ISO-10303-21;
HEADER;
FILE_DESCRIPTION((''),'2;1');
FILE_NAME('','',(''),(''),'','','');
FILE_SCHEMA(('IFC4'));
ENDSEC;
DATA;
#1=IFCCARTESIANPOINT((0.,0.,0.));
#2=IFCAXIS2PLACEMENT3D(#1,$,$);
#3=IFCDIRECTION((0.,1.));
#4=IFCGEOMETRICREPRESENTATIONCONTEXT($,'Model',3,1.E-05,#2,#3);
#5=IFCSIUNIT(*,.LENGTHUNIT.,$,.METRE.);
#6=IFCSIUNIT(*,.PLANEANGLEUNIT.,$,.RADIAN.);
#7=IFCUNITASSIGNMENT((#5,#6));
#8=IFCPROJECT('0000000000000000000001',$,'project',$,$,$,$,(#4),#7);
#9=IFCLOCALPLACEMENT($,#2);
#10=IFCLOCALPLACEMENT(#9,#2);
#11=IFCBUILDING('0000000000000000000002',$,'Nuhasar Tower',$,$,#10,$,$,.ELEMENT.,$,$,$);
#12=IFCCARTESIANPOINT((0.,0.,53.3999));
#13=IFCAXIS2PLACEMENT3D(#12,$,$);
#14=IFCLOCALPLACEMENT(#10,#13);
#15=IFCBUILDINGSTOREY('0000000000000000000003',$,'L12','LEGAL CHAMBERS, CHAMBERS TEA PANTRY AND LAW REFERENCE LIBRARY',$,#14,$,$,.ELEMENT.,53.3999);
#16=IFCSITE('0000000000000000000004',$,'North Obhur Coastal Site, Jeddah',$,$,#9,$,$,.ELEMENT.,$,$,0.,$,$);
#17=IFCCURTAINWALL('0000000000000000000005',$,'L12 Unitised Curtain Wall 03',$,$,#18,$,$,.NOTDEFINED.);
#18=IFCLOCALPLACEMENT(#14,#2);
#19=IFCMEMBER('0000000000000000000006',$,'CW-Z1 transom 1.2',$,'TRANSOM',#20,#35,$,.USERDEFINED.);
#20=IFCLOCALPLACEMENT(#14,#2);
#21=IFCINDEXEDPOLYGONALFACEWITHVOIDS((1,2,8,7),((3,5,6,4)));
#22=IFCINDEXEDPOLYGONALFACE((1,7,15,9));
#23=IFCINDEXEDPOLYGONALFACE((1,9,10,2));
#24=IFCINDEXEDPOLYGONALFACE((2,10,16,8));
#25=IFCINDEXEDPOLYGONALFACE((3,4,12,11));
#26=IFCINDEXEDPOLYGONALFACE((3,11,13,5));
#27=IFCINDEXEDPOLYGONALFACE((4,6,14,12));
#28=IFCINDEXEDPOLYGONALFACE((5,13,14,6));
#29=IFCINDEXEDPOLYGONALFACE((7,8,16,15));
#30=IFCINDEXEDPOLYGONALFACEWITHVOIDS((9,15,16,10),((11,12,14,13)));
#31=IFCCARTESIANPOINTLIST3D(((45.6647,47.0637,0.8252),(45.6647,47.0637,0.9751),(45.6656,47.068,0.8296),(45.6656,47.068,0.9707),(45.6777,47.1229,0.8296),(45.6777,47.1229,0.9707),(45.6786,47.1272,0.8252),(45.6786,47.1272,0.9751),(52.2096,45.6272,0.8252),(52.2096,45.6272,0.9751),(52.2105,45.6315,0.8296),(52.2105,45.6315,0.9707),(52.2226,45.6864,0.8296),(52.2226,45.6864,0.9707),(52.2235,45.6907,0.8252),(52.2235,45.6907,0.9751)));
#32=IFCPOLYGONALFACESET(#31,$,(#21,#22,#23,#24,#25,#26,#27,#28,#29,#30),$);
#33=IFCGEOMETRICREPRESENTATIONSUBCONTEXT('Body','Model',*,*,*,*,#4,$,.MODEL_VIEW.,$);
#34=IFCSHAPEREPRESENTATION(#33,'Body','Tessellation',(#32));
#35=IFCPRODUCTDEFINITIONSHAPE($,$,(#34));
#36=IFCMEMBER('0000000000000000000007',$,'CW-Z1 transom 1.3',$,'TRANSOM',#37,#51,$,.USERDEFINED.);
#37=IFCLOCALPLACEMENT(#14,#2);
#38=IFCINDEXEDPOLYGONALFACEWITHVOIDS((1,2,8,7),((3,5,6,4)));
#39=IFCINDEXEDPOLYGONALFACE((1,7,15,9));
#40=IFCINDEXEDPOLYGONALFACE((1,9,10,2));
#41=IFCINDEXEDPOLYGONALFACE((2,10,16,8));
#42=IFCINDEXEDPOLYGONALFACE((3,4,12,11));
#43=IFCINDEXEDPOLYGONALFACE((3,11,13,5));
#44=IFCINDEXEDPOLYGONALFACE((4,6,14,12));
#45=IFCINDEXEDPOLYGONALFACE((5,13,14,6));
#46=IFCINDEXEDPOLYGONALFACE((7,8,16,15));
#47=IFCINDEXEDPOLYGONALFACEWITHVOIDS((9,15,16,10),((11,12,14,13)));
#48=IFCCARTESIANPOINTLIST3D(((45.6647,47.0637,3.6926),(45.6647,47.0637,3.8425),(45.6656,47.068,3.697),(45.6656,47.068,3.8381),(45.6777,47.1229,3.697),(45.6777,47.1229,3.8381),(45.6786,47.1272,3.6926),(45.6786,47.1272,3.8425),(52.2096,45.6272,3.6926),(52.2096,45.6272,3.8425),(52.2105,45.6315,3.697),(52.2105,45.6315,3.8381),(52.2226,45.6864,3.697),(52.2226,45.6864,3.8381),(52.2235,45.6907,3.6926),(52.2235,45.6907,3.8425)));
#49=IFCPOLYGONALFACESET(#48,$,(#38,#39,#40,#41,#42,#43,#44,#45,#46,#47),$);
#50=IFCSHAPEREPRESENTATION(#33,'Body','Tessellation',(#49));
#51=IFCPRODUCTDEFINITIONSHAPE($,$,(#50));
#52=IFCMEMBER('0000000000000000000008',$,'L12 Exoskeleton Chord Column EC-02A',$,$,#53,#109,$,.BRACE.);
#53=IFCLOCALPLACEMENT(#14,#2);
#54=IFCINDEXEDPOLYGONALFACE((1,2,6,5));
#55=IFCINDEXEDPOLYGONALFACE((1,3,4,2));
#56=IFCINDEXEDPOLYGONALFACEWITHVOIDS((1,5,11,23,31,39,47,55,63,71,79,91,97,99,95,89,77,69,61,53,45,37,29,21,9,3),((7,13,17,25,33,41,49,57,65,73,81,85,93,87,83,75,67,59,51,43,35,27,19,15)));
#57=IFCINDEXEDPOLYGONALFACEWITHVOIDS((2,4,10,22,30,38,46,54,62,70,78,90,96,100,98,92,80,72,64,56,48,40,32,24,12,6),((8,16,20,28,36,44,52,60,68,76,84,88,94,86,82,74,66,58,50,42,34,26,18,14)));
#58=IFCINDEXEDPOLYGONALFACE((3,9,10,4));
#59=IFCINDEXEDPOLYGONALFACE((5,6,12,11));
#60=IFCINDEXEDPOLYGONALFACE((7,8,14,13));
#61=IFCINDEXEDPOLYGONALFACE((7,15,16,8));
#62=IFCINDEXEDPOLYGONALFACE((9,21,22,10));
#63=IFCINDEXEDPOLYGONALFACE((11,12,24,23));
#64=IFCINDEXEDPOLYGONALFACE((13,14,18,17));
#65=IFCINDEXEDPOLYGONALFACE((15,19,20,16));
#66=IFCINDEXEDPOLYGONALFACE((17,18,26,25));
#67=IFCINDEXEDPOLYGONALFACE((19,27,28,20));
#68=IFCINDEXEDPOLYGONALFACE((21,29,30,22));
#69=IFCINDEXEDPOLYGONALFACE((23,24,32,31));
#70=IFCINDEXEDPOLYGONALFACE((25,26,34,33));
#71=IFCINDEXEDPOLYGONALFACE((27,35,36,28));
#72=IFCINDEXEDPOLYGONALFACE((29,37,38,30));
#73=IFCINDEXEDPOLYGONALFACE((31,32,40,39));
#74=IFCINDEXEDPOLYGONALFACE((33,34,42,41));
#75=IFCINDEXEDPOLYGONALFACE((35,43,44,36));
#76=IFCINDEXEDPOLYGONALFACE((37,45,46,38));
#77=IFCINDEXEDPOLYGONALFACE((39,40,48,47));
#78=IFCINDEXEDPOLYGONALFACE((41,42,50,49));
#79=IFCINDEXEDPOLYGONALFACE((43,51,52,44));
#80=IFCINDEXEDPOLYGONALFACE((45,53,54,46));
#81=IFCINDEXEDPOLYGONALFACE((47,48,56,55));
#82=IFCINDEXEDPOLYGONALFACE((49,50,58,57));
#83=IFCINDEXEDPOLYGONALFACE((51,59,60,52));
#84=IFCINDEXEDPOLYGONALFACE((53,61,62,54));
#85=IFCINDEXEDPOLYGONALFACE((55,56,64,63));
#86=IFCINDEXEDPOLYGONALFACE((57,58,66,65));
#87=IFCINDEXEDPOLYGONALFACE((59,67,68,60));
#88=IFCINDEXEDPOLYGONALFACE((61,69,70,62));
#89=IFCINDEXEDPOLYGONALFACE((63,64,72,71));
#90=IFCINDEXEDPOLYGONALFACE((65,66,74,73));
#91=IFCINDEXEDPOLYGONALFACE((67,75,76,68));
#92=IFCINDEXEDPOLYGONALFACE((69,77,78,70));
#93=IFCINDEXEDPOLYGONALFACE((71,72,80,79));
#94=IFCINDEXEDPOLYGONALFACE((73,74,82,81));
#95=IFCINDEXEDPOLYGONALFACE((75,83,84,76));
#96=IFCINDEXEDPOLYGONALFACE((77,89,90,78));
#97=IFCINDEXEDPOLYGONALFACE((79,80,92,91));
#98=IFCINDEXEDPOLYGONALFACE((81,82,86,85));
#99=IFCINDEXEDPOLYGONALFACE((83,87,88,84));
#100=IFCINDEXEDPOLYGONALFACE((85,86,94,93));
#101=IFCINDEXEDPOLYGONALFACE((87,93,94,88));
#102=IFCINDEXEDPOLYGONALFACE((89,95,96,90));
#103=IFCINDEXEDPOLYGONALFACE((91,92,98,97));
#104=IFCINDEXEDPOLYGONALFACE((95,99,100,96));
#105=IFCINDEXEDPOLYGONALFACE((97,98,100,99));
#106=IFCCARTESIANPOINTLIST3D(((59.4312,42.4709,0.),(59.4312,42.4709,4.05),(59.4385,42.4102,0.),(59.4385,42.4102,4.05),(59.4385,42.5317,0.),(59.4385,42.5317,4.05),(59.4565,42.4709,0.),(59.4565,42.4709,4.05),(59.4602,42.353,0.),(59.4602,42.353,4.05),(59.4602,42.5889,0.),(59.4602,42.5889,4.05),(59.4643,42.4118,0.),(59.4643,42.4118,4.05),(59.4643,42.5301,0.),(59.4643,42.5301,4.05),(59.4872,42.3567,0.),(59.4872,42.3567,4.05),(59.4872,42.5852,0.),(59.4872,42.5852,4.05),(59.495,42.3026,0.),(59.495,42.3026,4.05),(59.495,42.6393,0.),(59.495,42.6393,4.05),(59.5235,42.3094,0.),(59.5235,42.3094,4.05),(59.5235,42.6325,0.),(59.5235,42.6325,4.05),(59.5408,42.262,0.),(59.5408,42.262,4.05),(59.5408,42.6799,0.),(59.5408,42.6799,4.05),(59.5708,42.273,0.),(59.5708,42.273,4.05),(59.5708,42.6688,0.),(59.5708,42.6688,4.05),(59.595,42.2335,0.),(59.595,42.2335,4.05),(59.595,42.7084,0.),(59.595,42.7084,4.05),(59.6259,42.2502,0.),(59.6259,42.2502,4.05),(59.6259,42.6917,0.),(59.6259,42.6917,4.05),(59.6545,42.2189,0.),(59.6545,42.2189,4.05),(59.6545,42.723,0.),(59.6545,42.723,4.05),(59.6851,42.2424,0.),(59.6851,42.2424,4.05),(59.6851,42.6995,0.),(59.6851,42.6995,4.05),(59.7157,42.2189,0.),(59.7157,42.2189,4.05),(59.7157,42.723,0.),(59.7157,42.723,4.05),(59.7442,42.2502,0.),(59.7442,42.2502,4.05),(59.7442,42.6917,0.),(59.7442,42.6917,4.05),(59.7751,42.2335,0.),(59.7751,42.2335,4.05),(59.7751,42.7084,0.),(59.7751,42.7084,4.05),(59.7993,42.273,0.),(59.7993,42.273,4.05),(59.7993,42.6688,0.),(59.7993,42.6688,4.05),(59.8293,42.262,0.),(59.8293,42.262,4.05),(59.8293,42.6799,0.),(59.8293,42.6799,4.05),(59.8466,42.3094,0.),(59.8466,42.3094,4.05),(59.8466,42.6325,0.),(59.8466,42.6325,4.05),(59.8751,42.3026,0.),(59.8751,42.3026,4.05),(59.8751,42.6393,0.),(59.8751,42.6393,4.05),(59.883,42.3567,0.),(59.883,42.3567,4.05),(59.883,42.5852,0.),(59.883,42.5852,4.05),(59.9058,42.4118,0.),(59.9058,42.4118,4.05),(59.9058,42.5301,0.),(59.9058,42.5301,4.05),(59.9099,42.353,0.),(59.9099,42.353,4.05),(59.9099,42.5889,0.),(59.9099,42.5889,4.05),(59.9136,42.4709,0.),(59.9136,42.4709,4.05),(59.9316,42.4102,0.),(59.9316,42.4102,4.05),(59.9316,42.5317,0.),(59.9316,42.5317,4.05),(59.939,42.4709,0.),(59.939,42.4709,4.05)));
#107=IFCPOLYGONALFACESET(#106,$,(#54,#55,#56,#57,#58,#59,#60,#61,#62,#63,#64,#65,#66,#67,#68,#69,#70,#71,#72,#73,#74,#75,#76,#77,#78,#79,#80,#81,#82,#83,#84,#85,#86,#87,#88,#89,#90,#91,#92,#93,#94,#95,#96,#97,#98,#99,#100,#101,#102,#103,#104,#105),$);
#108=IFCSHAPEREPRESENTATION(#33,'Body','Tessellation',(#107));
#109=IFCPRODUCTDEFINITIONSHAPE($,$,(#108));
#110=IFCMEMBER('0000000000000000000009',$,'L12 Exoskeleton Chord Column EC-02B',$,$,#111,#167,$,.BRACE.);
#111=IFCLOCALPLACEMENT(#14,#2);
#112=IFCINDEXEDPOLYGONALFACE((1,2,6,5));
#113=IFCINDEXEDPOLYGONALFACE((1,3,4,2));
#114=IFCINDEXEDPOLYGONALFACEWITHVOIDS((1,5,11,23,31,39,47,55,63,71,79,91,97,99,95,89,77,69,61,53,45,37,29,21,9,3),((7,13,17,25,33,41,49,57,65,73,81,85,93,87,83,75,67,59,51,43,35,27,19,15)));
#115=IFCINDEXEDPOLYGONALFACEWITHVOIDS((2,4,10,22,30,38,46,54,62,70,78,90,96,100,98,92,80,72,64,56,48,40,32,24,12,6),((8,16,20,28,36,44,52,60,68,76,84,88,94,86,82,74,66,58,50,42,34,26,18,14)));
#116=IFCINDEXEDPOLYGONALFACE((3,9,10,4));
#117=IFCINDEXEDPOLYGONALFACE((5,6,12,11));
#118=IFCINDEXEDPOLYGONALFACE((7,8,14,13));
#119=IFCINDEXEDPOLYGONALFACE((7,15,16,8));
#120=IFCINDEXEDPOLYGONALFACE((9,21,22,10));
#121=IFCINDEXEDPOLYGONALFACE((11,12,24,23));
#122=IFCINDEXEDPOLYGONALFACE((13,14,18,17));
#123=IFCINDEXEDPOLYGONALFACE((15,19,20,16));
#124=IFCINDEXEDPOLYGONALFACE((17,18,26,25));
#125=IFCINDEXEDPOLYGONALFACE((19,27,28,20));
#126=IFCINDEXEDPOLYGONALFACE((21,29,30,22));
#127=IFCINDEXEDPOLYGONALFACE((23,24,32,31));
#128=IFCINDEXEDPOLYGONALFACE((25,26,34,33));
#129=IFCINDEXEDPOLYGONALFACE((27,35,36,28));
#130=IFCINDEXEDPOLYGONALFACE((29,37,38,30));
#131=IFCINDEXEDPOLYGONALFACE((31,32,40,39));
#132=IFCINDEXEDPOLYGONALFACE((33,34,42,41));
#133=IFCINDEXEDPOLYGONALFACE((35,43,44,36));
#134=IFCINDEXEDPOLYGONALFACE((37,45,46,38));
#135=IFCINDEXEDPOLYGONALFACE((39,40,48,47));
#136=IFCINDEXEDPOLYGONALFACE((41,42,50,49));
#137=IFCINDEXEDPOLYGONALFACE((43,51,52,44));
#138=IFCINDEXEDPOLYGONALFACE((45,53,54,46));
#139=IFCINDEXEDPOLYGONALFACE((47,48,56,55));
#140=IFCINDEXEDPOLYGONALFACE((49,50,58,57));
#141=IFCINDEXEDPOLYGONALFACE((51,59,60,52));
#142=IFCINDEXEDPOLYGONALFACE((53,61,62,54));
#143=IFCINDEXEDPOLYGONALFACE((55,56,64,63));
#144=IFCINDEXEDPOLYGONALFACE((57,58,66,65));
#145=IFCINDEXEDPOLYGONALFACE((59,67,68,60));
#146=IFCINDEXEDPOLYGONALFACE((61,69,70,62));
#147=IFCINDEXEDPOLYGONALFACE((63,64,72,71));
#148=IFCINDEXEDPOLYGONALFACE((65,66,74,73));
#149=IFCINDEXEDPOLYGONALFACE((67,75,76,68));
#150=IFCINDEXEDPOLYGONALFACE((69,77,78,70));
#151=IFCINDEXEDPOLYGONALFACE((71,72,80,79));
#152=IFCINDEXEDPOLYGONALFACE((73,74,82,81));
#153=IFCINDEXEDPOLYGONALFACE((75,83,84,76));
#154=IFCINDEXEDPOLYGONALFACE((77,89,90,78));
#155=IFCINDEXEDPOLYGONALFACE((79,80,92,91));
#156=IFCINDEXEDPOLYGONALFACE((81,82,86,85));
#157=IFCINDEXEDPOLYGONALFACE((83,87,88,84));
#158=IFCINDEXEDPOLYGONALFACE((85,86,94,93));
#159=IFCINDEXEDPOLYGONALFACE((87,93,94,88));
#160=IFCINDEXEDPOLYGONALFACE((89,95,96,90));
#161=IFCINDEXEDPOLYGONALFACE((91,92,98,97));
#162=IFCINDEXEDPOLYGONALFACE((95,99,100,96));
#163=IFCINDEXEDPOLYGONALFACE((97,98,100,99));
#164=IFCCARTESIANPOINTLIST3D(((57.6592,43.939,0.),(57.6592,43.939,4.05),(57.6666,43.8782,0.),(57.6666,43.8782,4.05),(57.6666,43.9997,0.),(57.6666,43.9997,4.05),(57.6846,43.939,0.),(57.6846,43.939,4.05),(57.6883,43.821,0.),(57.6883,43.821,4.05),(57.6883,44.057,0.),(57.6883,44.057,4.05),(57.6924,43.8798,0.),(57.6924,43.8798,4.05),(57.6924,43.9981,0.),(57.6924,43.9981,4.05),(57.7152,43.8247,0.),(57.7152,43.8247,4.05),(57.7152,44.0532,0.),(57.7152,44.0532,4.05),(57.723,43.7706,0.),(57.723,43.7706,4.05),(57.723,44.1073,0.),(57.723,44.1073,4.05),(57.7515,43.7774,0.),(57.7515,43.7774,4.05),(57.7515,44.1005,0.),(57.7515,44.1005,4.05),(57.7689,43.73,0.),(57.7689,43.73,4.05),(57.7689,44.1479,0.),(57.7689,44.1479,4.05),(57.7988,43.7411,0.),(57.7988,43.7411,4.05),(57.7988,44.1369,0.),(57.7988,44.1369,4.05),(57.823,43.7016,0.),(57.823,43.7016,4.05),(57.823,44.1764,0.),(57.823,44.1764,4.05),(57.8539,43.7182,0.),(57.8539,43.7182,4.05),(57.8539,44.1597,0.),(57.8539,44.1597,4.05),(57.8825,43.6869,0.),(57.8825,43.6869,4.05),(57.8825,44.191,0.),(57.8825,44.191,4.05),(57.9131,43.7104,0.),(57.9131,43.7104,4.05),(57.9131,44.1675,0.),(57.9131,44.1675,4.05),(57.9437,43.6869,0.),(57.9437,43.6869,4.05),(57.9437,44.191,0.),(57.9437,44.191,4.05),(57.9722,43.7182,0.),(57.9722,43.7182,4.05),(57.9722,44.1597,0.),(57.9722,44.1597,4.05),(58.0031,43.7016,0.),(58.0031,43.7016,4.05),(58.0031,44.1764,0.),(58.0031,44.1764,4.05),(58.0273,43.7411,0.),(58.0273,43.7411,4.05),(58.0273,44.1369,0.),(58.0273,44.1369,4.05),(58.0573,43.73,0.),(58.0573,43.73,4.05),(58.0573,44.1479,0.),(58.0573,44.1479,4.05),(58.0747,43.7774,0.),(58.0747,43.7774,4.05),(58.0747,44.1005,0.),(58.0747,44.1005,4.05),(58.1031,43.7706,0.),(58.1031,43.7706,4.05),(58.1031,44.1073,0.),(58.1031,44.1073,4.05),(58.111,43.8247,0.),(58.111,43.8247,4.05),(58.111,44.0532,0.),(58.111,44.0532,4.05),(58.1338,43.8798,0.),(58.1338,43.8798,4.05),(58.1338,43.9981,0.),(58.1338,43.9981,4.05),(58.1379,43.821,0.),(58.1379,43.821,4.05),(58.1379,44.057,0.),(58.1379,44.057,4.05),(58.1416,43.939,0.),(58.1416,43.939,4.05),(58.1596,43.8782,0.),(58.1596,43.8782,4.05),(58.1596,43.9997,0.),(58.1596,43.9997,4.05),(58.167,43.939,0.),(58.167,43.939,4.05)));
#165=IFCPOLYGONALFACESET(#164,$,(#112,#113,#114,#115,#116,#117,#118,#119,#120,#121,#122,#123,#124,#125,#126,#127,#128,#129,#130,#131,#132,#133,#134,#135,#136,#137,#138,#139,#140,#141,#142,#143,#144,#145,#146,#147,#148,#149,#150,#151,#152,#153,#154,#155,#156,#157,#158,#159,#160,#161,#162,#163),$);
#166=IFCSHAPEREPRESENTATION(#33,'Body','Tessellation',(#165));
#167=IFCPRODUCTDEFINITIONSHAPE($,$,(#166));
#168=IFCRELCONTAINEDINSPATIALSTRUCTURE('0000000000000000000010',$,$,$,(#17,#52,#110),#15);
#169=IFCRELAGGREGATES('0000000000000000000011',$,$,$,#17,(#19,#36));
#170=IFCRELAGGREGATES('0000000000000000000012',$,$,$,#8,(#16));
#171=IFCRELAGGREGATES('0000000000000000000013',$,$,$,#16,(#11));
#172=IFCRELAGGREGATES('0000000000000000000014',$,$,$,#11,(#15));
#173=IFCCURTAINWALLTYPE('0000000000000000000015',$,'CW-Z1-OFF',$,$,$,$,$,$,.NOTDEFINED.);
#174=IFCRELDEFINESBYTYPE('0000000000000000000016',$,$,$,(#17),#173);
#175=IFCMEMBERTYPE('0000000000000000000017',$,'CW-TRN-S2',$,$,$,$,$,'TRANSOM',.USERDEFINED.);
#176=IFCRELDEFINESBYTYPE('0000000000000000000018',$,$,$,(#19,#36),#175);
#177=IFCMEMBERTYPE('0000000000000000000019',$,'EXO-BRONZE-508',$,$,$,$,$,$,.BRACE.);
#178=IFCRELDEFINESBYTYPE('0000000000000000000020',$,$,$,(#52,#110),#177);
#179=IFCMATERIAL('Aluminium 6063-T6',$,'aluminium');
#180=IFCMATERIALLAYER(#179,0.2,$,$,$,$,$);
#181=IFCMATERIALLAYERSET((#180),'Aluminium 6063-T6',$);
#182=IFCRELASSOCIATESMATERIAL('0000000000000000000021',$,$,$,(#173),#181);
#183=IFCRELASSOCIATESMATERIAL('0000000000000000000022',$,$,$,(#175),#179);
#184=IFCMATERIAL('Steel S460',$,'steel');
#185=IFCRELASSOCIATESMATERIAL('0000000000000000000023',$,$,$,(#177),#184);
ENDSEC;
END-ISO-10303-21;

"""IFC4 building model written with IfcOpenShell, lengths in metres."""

from ifc_helpers import new_model, si_unit, direction, frame, origin, origin_2d, place, context, subcontext, project, spatial, hollow_rectangle, hollow_circle, extrude, material, layer, layer_set, material_profile, profile_set, type_object, element, aggregate, save


model = new_model("IFC4")

# Units and contexts
model_context = context("Model", 3, precision=1e-05, world=origin(), true_north=direction((0.0, 1.0)))
body_context = subcontext(model_context, "Body", "Model", "MODEL_VIEW")
ifc_project = project(units=[si_unit("LENGTHUNIT", "METRE"), si_unit("PLANEANGLEUNIT", "RADIAN")], contexts=[model_context])

# Site, building, storey
site_placement = place(None, origin())
site = spatial("IfcSite", under=ifc_project, at=site_placement, Name="North Obhur Coastal Site, Jeddah", CompositionType="ELEMENT", RefElevation=0.0)
building_placement = place(site_placement, origin())
building = spatial("IfcBuilding", under=site, at=building_placement, Name="Nuhasar Tower", CompositionType="ELEMENT")
storey_placement = place(building_placement, frame((0.0, 0.0, 53.3999)))
storey = spatial("IfcBuildingStorey", under=building, at=storey_placement, Name="L12", Description="LEGAL CHAMBERS, CHAMBERS TEA PANTRY AND LAW REFERENCE LIBRARY", CompositionType="ELEMENT", Elevation=53.3999)

# Shared definitions
ifc_material_1 = material(Name="Aluminium 6063-T6", Category="aluminium")
ifc_layer_1 = layer(ifc_material_1, 0.2)
ifc_layer_set_1 = layer_set([ifc_layer_1], Name="Aluminium 6063-T6")
curtain_wall_type = type_object("IfcCurtainWallType", Name="CW-Z1-OFF", PredefinedType="NOTDEFINED", material=ifc_layer_set_1)

# Curtain wall
curtain_wall_1_placement = place(storey_placement, origin())
curtain_wall_1 = element("IfcCurtainWall", 1, at=curtain_wall_1_placement, inside=storey, type_object=curtain_wall_type, Name="L12 Unitised Curtain Wall 03", PredefinedType="NOTDEFINED")

# Members
ifc_material_profile_1 = material_profile(ifc_material_1, hollow_rectangle(XDim=0.0649, YDim=0.1499, WallThickness=0.0044, at=origin_2d()), Name="CWT-2")
ifc_profile_set_1 = profile_set([ifc_material_profile_1], Name="Aluminium 6063-T6")
member_type_1 = type_object("IfcMemberType", Name="CW-TRN-S2", ElementType="TRANSOM", PredefinedType="USERDEFINED", material=ifc_profile_set_1)
member_1_placement = place(storey_placement, frame((52.2166, 45.6589, 0.9001), z_axis=(-0.97675, 0.214384, 0.0), x_axis=(-0.214384, -0.97675, 0.0)))
member_1 = element("IfcMember", 2, at=member_1_placement, type_object=member_type_1, Name="CW-Z1 transom 1.2", ObjectType="TRANSOM", PredefinedType="USERDEFINED", context=body_context, shape_type="SweptSolid", body=[
    extrude(hollow_rectangle(XDim=0.0649, YDim=0.1499, WallThickness=0.0044, at=origin_2d()), origin(), (0.0, 0.0, 1.0), 6.7007),
])
member_2_placement = place(storey_placement, frame((52.2166, 45.6589, 3.7676), z_axis=(-0.97675, 0.214384, 0.0), x_axis=(-0.214384, -0.97675, 0.0)))
member_2 = element("IfcMember", 3, at=member_2_placement, type_object=member_type_1, Name="CW-Z1 transom 1.3", ObjectType="TRANSOM", PredefinedType="USERDEFINED", context=body_context, shape_type="SweptSolid", body=[
    extrude(hollow_rectangle(XDim=0.0649, YDim=0.1499, WallThickness=0.0044, at=origin_2d()), origin(), (0.0, 0.0, 1.0), 6.7007),
])
aggregate(curtain_wall_1, [member_1, member_2])

# Members
ifc_material_2 = material(Name="Steel S460", Category="steel")
ifc_material_profile_2 = material_profile(ifc_material_2, hollow_circle(Radius=0.2539, WallThickness=0.0254, at=origin_2d()), Name="HSS508X25.4")
ifc_profile_set_2 = profile_set([ifc_material_profile_2], Name="Steel S460")
member_type_2 = type_object("IfcMemberType", Name="EXO-BRONZE-508", PredefinedType="BRACE", material=ifc_profile_set_2)
for number, where, z_axis, x_axis, name in (
    (4, (59.6851, 42.4709, 0.0), (0.0, 0.0, 1.0), (1.0, 0.0, 0.0), "L12 Exoskeleton Chord Column EC-02A"),
    (5, (57.9131, 43.939, 0.0), (0.0, 0.0, 1.0), (1.0, 0.0, 0.0), "L12 Exoskeleton Chord Column EC-02B"),
):
    element("IfcMember", number, at=place(storey_placement, frame(where, z_axis=z_axis, x_axis=x_axis)), inside=storey, type_object=member_type_2, Name=name, PredefinedType="BRACE", context=body_context, shape_type="SweptSolid", body=[
        extrude(hollow_circle(Radius=0.2539, WallThickness=0.0254, at=origin_2d()), origin(), (0.0, 0.0, 1.0), 4.05),
    ])

save(model, "model.ifc")
